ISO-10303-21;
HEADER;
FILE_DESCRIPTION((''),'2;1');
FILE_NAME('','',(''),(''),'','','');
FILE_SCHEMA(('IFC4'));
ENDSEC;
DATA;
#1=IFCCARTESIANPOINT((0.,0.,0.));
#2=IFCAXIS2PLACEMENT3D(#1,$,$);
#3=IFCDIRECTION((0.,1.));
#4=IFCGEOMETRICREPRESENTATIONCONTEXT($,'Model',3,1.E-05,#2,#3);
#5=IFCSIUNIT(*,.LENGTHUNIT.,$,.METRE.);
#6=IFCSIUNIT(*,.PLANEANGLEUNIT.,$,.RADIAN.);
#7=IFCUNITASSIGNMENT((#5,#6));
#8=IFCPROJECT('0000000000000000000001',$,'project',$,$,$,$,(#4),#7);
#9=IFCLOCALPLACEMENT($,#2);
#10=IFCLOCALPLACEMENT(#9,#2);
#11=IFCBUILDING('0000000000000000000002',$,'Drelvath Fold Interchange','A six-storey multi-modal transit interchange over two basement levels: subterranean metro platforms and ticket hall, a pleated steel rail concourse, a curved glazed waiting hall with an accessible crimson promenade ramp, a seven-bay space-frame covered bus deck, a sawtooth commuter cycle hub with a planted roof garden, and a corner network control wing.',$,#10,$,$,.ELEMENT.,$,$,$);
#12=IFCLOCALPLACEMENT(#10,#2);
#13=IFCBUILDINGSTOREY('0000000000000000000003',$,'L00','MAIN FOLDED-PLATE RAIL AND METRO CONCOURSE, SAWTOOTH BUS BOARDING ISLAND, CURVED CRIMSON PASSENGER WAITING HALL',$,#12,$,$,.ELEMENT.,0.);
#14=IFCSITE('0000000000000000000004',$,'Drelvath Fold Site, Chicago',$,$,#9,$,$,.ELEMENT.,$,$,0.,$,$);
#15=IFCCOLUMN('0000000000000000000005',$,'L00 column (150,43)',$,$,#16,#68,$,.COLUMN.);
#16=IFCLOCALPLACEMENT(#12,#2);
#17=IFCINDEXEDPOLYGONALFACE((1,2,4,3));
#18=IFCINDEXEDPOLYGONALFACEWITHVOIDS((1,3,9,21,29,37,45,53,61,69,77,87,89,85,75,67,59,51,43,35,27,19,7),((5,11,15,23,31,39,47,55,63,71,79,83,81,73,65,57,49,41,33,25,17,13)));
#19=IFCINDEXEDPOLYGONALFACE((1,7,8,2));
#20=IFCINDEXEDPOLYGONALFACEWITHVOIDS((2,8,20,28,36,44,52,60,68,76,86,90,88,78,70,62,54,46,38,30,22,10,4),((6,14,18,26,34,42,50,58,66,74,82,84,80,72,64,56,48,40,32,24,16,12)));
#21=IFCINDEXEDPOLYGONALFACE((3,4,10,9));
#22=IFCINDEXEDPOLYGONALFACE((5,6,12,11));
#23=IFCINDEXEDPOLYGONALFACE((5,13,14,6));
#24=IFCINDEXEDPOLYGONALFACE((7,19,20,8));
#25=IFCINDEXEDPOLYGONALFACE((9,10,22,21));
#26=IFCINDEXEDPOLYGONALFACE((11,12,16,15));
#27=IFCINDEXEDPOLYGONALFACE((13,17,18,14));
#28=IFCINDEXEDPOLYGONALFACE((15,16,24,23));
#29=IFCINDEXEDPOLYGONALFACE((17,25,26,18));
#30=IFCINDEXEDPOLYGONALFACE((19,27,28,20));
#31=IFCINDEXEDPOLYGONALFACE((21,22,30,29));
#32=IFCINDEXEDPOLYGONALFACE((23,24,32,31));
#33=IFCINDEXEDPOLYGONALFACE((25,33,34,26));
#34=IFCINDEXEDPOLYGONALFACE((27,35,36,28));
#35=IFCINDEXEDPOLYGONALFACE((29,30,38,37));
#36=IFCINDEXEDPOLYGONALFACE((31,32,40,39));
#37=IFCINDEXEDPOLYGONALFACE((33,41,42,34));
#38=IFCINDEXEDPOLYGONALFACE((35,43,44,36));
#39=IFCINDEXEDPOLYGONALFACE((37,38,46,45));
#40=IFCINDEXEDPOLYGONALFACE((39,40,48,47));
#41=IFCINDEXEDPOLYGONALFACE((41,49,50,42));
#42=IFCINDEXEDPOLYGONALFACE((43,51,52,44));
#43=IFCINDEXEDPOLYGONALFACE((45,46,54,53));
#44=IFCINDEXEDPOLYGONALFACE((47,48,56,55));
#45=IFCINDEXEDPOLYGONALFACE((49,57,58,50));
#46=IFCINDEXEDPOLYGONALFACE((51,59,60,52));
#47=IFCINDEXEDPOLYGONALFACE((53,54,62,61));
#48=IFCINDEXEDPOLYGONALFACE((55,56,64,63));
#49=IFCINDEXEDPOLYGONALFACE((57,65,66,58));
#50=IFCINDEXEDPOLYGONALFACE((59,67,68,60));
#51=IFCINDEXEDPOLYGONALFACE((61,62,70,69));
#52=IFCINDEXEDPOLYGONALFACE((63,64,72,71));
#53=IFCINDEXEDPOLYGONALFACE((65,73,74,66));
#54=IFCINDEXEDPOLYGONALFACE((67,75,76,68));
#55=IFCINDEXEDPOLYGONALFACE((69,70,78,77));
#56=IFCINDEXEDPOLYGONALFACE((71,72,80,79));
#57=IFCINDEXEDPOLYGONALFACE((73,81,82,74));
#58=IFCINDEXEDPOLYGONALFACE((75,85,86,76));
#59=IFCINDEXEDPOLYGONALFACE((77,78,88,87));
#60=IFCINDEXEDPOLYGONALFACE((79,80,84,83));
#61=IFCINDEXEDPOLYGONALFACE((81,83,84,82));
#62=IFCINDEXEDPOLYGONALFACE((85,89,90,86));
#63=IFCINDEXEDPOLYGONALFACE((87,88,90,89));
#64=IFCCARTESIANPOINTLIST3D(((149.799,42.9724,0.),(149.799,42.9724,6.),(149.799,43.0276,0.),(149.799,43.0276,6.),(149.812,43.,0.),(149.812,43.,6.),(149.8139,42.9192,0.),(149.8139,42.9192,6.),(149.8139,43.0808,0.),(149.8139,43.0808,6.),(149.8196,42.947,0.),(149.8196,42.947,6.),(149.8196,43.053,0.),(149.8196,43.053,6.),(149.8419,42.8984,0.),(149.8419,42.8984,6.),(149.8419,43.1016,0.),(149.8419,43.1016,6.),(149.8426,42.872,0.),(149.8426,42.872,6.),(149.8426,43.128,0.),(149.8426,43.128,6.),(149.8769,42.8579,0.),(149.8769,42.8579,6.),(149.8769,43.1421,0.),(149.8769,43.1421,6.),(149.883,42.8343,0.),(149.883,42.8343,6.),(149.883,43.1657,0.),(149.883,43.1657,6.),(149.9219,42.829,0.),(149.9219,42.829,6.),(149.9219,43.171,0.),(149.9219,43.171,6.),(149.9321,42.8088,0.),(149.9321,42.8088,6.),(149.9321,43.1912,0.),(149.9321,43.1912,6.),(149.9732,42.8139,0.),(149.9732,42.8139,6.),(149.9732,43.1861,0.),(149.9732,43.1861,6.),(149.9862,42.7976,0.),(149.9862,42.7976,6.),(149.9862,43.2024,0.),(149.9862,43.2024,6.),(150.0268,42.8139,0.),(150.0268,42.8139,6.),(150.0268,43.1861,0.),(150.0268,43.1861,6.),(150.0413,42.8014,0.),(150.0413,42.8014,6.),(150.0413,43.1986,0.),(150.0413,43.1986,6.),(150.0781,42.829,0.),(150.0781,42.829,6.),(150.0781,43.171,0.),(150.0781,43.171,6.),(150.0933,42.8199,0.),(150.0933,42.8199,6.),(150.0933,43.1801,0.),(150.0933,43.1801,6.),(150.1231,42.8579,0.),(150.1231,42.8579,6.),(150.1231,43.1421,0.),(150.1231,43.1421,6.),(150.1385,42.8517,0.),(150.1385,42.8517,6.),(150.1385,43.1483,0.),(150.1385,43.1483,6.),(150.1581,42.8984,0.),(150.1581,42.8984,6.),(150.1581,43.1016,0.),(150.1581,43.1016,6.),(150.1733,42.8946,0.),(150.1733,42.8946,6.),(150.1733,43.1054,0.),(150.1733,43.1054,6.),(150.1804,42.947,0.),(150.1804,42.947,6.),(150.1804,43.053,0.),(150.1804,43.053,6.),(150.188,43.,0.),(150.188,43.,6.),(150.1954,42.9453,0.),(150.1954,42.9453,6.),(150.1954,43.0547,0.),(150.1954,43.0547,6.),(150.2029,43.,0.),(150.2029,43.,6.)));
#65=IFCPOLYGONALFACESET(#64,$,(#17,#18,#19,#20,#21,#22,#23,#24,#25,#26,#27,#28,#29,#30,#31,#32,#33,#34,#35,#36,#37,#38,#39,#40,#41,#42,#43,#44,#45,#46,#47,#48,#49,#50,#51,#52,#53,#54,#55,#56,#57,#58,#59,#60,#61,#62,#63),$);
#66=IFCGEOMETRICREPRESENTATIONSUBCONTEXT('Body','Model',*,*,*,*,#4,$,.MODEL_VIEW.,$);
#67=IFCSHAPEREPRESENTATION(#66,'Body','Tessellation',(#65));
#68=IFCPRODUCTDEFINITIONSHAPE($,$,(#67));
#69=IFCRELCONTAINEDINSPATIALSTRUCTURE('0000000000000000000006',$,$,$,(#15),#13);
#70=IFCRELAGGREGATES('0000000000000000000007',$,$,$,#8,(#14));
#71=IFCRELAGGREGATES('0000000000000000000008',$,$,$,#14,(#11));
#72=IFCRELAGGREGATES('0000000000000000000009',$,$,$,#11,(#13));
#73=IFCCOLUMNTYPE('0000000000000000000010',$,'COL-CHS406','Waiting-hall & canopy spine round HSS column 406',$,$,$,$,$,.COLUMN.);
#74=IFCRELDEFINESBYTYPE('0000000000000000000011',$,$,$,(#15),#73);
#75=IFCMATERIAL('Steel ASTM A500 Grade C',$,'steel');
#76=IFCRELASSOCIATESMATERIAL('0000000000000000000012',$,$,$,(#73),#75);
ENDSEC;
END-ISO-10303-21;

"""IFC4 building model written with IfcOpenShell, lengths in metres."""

from ifc_helpers import new_model, si_unit, direction, frame, origin, origin_2d, place, context, subcontext, project, spatial, hollow_circle, extrude, material, material_profile, profile_set, type_object, element, save


model = new_model("IFC4")

# Units and contexts
model_context = context("Model", 3, precision=1e-05, world=origin(), true_north=direction((0.0, 1.0)))
body_context = subcontext(model_context, "Body", "Model", "MODEL_VIEW")
ifc_project = project(units=[si_unit("LENGTHUNIT", "METRE"), si_unit("PLANEANGLEUNIT", "RADIAN")], contexts=[model_context])

# Site, building, storey
site_placement = place(None, origin())
site = spatial("IfcSite", under=ifc_project, at=site_placement, Name="Drelvath Fold Site, Chicago", CompositionType="ELEMENT", RefElevation=0.0)
building_placement = place(site_placement, origin())
building = spatial("IfcBuilding", under=site, at=building_placement, Name="Drelvath Fold Interchange", Description="A six-storey multi-modal transit interchange over two basement levels: subterranean metro platforms and ticket hall, a pleated steel rail concourse, a curved glazed waiting hall with an accessible crimson promenade ramp, a seven-bay space-frame covered bus deck, a sawtooth commuter cycle hub with a planted roof garden, and a corner network control wing.", CompositionType="ELEMENT")
storey_placement = place(building_placement, origin())
storey = spatial("IfcBuildingStorey", under=building, at=storey_placement, Name="L00", Description="MAIN FOLDED-PLATE RAIL AND METRO CONCOURSE, SAWTOOTH BUS BOARDING ISLAND, CURVED CRIMSON PASSENGER WAITING HALL", CompositionType="ELEMENT", Elevation=0.0)

# Column
ifc_material_1 = material(Name="Steel ASTM A500 Grade C", Category="steel")
ifc_material_profile_1 = material_profile(ifc_material_1, hollow_circle(Radius=0.2029, WallThickness=0.0149, at=origin_2d()), Name="HSS16.000X0.625")
ifc_profile_set_1 = profile_set([ifc_material_profile_1], Name="Steel ASTM A500 Grade C")
column_type_1 = type_object("IfcColumnType", Name="COL-CHS406", Description="Waiting-hall & canopy spine round HSS column 406", PredefinedType="COLUMN", material=ifc_profile_set_1)
column_1_placement = place(storey_placement, frame((150.0, 43.0, 0.0), z_axis=(0.0, 0.0, 1.0), x_axis=(1.0, 0.0, 0.0)))
element("IfcColumn", 1, at=column_1_placement, inside=storey, type_object=column_type_1, Name="L00 column (150,43)", PredefinedType="COLUMN", context=body_context, shape_type="SweptSolid", body=[
    extrude(hollow_circle(Radius=0.2029, WallThickness=0.0149, at=origin_2d()), origin(), (0.0, 0.0, 1.0), 6.0),
])

save(model, "model.ifc")
